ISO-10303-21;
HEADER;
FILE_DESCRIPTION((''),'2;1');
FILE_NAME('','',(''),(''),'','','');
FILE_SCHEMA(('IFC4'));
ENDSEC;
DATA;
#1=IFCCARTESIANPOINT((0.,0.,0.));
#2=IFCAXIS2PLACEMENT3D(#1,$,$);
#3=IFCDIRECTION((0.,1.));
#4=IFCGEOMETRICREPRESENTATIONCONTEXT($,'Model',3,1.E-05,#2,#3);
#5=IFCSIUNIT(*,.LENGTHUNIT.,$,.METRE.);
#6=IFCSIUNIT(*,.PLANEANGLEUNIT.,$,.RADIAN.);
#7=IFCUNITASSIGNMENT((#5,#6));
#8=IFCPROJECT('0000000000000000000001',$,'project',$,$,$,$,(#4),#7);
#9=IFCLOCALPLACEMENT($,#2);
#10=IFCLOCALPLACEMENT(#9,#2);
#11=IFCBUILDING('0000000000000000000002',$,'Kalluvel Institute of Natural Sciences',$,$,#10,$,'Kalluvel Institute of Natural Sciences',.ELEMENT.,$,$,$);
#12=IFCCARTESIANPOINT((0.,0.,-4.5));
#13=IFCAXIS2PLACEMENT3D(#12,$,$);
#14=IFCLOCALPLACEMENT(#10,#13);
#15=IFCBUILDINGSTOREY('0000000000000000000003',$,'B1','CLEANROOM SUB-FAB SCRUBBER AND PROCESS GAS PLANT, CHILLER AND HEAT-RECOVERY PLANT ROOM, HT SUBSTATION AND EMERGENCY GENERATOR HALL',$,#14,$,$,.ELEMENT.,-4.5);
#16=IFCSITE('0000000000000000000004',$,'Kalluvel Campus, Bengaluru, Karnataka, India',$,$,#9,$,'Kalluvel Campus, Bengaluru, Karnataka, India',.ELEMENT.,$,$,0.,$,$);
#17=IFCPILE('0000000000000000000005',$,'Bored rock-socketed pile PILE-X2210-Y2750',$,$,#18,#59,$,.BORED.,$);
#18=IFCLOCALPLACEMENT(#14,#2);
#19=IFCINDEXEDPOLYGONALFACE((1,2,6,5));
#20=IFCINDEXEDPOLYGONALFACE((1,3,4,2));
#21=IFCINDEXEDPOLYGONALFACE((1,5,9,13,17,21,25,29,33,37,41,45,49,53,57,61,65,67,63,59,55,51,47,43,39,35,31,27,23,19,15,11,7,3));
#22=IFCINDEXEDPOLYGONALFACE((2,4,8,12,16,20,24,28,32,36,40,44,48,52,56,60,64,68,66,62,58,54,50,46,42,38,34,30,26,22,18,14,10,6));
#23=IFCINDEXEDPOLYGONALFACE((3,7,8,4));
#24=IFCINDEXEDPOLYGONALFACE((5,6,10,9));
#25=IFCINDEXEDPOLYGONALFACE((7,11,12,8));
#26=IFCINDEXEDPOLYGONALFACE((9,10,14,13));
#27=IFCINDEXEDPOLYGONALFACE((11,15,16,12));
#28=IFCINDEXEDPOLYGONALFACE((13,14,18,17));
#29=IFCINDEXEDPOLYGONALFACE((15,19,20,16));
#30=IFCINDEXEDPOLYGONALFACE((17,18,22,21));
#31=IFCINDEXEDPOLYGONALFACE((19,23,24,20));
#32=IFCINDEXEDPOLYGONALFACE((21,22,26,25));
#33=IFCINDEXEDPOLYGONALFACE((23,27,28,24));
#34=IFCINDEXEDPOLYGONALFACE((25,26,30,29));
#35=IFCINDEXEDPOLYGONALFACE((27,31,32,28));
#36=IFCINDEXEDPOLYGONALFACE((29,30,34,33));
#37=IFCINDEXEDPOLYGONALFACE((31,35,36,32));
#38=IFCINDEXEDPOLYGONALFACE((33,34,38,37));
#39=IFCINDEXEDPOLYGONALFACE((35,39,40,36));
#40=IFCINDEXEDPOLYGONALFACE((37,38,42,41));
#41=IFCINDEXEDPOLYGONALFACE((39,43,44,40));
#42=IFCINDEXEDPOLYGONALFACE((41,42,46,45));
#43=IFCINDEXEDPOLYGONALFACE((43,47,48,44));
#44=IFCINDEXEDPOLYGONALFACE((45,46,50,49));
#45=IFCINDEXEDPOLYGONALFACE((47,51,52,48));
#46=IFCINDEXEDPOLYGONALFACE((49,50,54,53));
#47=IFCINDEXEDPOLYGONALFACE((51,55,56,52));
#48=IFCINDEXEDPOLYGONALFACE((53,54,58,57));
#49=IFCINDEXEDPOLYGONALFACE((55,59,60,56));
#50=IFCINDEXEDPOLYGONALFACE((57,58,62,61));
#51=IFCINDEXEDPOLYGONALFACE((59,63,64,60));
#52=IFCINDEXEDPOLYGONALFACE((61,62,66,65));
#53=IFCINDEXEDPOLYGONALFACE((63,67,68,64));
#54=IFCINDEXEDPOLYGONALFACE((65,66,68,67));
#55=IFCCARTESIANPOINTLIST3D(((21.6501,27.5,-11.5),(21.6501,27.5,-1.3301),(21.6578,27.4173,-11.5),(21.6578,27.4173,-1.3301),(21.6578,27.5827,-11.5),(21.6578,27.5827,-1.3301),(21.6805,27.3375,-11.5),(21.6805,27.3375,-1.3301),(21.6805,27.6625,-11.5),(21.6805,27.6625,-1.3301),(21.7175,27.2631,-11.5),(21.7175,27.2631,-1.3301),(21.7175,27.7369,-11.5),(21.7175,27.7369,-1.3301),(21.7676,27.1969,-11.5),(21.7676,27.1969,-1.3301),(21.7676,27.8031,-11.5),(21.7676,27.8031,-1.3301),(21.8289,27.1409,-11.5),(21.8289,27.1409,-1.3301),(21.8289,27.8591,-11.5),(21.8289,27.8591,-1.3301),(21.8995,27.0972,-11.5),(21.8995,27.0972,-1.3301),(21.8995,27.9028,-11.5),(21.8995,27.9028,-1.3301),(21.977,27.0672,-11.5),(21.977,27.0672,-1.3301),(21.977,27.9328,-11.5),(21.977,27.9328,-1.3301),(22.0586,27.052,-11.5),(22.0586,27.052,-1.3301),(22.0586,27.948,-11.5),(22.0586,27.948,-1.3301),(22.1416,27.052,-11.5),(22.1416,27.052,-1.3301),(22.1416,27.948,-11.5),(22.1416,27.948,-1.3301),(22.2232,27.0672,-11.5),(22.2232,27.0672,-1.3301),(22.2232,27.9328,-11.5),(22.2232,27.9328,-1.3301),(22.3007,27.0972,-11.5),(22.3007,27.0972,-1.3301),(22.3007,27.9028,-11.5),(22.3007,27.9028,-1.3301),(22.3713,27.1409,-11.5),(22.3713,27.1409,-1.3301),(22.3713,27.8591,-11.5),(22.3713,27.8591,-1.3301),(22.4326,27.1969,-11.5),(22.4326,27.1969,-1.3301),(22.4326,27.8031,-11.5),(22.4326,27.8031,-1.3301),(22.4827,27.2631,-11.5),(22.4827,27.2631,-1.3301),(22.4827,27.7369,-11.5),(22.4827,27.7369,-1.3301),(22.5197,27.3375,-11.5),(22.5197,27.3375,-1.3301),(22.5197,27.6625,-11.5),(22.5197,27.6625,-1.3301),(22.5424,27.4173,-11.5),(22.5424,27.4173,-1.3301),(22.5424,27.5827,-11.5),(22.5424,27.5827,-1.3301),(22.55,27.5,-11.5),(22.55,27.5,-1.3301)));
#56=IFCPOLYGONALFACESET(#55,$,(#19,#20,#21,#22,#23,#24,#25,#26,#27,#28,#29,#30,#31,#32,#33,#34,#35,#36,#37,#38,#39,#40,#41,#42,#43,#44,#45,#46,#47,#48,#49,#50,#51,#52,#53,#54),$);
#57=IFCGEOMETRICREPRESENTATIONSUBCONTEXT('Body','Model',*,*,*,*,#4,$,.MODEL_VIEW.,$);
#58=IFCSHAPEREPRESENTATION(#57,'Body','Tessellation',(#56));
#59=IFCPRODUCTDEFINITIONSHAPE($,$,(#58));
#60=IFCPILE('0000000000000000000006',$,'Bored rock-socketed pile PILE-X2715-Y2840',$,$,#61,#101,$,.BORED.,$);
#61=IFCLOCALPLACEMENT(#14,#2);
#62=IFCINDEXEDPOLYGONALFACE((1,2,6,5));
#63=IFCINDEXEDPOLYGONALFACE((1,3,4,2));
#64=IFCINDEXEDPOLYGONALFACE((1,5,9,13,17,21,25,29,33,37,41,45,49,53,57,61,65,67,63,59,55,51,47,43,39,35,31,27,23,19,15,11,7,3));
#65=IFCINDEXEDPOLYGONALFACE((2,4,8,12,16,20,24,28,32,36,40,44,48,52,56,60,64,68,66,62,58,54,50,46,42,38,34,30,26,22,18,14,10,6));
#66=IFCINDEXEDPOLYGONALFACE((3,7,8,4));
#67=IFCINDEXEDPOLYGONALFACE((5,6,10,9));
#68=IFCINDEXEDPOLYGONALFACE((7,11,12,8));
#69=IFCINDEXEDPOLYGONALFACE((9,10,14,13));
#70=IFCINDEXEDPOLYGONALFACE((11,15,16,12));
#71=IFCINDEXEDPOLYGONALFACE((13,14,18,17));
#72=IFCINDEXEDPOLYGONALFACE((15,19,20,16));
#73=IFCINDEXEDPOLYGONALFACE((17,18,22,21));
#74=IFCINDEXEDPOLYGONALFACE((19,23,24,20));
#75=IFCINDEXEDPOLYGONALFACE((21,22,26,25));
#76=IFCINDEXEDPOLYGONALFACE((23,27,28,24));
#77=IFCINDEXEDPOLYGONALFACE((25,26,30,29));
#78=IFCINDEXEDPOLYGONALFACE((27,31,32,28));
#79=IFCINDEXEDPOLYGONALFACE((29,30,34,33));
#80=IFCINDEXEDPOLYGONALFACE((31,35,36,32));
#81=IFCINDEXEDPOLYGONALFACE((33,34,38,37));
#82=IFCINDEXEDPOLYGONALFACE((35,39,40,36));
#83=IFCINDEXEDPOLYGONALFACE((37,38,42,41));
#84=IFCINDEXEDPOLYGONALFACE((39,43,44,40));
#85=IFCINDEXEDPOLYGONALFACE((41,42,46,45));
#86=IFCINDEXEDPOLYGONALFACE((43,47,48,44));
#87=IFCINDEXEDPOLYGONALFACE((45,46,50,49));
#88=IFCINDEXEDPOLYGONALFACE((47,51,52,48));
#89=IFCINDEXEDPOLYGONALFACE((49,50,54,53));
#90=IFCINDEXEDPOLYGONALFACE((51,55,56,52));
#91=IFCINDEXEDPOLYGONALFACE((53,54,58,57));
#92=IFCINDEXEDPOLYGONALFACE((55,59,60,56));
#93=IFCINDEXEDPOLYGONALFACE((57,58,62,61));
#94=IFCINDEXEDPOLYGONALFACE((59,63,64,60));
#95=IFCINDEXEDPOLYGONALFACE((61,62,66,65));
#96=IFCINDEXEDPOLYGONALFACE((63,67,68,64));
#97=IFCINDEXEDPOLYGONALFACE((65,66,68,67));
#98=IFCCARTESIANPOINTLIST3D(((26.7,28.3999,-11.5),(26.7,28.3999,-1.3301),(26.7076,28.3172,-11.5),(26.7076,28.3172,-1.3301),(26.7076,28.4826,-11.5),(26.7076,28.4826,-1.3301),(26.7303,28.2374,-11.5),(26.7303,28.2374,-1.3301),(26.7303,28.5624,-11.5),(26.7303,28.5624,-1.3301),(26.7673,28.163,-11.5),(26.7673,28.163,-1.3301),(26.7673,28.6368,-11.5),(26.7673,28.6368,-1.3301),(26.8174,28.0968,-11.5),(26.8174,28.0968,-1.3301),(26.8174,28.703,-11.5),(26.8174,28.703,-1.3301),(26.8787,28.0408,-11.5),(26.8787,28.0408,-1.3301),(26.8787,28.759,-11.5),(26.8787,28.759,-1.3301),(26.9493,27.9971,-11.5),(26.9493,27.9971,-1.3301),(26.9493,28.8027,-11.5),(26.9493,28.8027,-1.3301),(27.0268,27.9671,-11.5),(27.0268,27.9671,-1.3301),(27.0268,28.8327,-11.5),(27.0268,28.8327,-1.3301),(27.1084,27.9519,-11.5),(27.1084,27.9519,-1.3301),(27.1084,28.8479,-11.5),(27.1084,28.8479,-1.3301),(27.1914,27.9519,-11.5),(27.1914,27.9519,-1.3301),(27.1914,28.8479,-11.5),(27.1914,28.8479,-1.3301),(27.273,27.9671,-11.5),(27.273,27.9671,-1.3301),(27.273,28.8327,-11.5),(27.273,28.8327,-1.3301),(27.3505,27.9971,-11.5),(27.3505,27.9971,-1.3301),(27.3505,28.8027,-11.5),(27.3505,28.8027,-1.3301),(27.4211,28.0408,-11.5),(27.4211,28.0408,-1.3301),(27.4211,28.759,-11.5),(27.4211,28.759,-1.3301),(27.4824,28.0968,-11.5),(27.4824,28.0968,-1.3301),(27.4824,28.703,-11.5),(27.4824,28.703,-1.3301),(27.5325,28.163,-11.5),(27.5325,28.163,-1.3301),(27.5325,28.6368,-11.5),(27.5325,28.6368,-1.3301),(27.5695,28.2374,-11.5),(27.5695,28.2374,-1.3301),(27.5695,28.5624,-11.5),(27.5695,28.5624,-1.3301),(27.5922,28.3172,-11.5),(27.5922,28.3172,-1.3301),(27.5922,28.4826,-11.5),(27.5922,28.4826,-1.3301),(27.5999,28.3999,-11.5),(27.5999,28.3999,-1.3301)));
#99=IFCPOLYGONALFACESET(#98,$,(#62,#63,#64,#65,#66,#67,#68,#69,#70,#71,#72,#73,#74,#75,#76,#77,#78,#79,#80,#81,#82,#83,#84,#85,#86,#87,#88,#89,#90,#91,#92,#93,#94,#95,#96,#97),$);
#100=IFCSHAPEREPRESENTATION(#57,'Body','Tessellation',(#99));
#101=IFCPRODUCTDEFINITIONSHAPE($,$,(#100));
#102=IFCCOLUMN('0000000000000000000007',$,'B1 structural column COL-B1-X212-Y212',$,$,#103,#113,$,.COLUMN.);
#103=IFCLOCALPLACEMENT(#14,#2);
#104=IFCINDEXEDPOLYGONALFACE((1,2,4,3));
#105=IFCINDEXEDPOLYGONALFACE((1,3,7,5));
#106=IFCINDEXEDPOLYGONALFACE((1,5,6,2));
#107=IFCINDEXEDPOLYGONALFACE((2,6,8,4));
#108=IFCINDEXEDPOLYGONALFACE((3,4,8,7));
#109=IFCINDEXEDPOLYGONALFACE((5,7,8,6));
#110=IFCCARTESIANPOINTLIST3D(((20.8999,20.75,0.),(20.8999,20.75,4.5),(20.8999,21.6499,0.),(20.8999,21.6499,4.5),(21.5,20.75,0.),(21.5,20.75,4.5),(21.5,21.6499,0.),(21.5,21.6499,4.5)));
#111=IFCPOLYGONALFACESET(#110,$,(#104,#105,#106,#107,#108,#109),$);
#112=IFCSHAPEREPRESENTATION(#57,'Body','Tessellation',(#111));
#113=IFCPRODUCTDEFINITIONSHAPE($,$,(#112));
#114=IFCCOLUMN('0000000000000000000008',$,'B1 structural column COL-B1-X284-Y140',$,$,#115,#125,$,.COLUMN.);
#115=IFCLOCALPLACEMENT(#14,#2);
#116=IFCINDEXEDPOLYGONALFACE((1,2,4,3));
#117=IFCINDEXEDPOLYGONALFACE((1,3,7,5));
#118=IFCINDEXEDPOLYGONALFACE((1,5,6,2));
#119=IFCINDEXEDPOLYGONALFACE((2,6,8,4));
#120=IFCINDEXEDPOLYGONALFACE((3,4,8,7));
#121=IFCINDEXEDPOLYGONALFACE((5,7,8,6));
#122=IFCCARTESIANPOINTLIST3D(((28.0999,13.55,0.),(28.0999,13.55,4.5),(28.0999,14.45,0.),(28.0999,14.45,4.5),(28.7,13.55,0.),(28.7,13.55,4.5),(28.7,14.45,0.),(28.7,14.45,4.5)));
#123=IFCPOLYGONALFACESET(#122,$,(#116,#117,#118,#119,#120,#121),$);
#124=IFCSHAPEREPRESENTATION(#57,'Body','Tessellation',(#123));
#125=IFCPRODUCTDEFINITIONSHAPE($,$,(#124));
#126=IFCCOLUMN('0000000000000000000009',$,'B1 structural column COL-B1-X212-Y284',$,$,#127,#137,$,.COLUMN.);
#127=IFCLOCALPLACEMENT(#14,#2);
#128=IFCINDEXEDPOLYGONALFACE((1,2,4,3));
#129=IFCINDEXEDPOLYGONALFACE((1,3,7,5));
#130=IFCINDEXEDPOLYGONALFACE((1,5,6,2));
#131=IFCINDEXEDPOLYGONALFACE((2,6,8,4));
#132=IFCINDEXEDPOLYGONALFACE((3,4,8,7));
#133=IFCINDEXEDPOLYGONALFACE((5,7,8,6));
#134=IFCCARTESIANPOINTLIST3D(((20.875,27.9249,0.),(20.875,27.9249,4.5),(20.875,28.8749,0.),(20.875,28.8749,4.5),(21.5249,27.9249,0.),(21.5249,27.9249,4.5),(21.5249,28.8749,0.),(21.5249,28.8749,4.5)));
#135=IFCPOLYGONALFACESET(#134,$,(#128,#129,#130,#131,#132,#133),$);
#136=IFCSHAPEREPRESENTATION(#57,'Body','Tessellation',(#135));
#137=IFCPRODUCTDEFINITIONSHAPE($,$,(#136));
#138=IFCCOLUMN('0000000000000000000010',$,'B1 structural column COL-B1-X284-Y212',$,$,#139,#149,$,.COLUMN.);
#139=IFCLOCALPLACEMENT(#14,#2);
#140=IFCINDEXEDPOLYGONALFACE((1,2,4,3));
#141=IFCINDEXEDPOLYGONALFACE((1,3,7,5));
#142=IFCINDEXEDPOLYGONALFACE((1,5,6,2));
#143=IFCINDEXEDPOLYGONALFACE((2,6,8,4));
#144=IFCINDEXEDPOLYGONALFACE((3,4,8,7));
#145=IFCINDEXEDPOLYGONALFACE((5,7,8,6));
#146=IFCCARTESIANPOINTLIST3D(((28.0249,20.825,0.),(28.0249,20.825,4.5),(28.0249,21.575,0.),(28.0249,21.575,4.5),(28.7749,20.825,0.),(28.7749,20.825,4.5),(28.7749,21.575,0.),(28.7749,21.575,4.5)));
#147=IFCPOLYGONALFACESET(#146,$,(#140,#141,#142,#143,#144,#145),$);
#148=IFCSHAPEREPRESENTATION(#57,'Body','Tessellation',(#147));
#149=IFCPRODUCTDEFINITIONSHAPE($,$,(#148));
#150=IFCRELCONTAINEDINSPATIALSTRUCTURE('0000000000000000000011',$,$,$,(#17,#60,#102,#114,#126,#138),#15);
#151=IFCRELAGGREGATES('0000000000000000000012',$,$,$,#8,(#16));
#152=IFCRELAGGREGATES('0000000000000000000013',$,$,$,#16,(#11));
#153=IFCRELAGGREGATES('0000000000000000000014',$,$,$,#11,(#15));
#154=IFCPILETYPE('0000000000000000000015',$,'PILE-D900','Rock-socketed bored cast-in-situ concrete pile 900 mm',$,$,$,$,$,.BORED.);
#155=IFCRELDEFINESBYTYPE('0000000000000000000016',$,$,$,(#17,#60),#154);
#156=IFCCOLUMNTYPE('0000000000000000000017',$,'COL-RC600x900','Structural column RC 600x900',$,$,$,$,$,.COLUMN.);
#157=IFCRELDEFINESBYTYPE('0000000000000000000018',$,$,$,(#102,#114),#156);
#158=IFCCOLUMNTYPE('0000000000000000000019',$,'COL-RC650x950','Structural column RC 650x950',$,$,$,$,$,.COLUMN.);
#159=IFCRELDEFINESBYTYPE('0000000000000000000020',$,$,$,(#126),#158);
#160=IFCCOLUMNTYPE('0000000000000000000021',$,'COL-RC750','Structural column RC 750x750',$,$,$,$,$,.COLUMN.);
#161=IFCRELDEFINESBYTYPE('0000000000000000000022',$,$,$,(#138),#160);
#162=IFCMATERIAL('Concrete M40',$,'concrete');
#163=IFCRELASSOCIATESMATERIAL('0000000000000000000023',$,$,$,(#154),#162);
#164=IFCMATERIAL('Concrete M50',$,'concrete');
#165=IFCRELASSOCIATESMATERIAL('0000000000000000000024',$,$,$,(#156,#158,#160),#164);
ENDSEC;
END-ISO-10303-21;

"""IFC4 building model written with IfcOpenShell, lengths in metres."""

from ifc_helpers import new_model, si_unit, direction, frame, origin, origin_2d, place, context, subcontext, project, spatial, rectangle, circle, extrude, material, material_profile, profile_set, type_object, element, save


model = new_model("IFC4")

# Units and contexts
model_context = context("Model", 3, precision=1e-05, world=origin(), true_north=direction((0.0, 1.0)))
body_context = subcontext(model_context, "Body", "Model", "MODEL_VIEW")
ifc_project = project(units=[si_unit("LENGTHUNIT", "METRE"), si_unit("PLANEANGLEUNIT", "RADIAN")], contexts=[model_context])

# Site, building, storey
site_placement = place(None, origin())
site = spatial("IfcSite", under=ifc_project, at=site_placement, Name="Kalluvel Campus, Bengaluru, Karnataka, India", LongName="Kalluvel Campus, Bengaluru, Karnataka, India", CompositionType="ELEMENT", RefElevation=0.0)
building_placement = place(site_placement, origin())
building = spatial("IfcBuilding", under=site, at=building_placement, Name="Kalluvel Institute of Natural Sciences", LongName="Kalluvel Institute of Natural Sciences", CompositionType="ELEMENT")
storey_placement = place(building_placement, frame((0.0, 0.0, -4.5)))
storey = spatial("IfcBuildingStorey", under=building, at=storey_placement, Name="B1", Description="CLEANROOM SUB-FAB SCRUBBER AND PROCESS GAS PLANT, CHILLER AND HEAT-RECOVERY PLANT ROOM, HT SUBSTATION AND EMERGENCY GENERATOR HALL", CompositionType="ELEMENT", Elevation=-4.5)

# Shared definitions
ifc_material_1 = material(Name="Concrete M40", Category="concrete")

# Piles
ifc_material_profile_1 = material_profile(ifc_material_1, circle(Radius=0.45, at=origin_2d()), Name="PILE D900")
ifc_profile_set_1 = profile_set([ifc_material_profile_1], Name="Concrete M40")
pile_type_1 = type_object("IfcPileType", Name="PILE-D900", Description="Rock-socketed bored cast-in-situ concrete pile 900 mm", PredefinedType="BORED", material=ifc_profile_set_1)
for number, where, z_axis, x_axis, name in (
    (1, (22.1001, 27.5, -1.3301), (0.0, 0.0, -1.0), (1.0, 0.0, 0.0), "Bored rock-socketed pile PILE-X2210-Y2750"),
    (2, (27.1499, 28.3999, -1.3301), (0.0, 0.0, -1.0), (1.0, 0.0, 0.0), "Bored rock-socketed pile PILE-X2715-Y2840"),
):
    element("IfcPile", number, at=place(storey_placement, frame(where, z_axis=z_axis, x_axis=x_axis)), inside=storey, type_object=pile_type_1, Name=name, PredefinedType="BORED", context=body_context, shape_type="SweptSolid", body=[
        extrude(circle(Radius=0.45, at=origin_2d()), origin(), (0.0, 0.0, 1.0), 10.1699),
    ])

# Columns
ifc_material_2 = material(Name="Concrete M50", Category="concrete")
ifc_material_profile_2 = material_profile(ifc_material_2, rectangle(XDim=0.6001, YDim=0.8999, at=origin_2d()), Name="RC 600x900")
ifc_profile_set_2 = profile_set([ifc_material_profile_2], Name="Concrete M50")
column_type_1 = type_object("IfcColumnType", Name="COL-RC600x900", Description="Structural column RC 600x900", PredefinedType="COLUMN", material=ifc_profile_set_2)
for number, where, z_axis, x_axis, name in (
    (3, (21.2, 21.2, 0.0), (0.0, 0.0, 1.0), (1.0, 0.0, 0.0), "B1 structural column COL-B1-X212-Y212"),
    (4, (28.3999, 14.0, 0.0), (0.0, 0.0, 1.0), (1.0, 0.0, 0.0), "B1 structural column COL-B1-X284-Y140"),
):
    element("IfcColumn", number, at=place(storey_placement, frame(where, z_axis=z_axis, x_axis=x_axis)), inside=storey, type_object=column_type_1, Name=name, PredefinedType="COLUMN", context=body_context, shape_type="SweptSolid", body=[
        extrude(rectangle(XDim=0.6001, YDim=0.8999, at=origin_2d()), origin(), (0.0, 0.0, 1.0), 4.5),
    ])
ifc_material_profile_3 = material_profile(ifc_material_2, rectangle(XDim=0.6499, YDim=0.95, at=origin_2d()), Name="RC 650x950")
ifc_profile_set_3 = profile_set([ifc_material_profile_3], Name="Concrete M50")
column_type_2 = type_object("IfcColumnType", Name="COL-RC650x950", Description="Structural column RC 650x950", PredefinedType="COLUMN", material=ifc_profile_set_3)
column_1_placement = place(storey_placement, frame((21.2, 28.3999, 0.0), z_axis=(0.0, 0.0, 1.0), x_axis=(1.0, 0.0, 0.0)))
element("IfcColumn", 5, at=column_1_placement, inside=storey, type_object=column_type_2, Name="B1 structural column COL-B1-X212-Y284", PredefinedType="COLUMN", context=body_context, shape_type="SweptSolid", body=[
    extrude(rectangle(XDim=0.6499, YDim=0.95, at=origin_2d()), origin(), (0.0, 0.0, 1.0), 4.5),
])
ifc_material_profile_4 = material_profile(ifc_material_2, rectangle(XDim=0.75, YDim=0.75, at=origin_2d()), Name="RC 750x750")
ifc_profile_set_4 = profile_set([ifc_material_profile_4], Name="Concrete M50")
column_type_3 = type_object("IfcColumnType", Name="COL-RC750", Description="Structural column RC 750x750", PredefinedType="COLUMN", material=ifc_profile_set_4)
column_2_placement = place(storey_placement, frame((28.3999, 21.2, 0.0), z_axis=(0.0, 0.0, 1.0), x_axis=(1.0, 0.0, 0.0)))
element("IfcColumn", 6, at=column_2_placement, inside=storey, type_object=column_type_3, Name="B1 structural column COL-B1-X284-Y212", PredefinedType="COLUMN", context=body_context, shape_type="SweptSolid", body=[
    extrude(rectangle(XDim=0.75, YDim=0.75, at=origin_2d()), origin(), (0.0, 0.0, 1.0), 4.5),
])

save(model, "model.ifc")
